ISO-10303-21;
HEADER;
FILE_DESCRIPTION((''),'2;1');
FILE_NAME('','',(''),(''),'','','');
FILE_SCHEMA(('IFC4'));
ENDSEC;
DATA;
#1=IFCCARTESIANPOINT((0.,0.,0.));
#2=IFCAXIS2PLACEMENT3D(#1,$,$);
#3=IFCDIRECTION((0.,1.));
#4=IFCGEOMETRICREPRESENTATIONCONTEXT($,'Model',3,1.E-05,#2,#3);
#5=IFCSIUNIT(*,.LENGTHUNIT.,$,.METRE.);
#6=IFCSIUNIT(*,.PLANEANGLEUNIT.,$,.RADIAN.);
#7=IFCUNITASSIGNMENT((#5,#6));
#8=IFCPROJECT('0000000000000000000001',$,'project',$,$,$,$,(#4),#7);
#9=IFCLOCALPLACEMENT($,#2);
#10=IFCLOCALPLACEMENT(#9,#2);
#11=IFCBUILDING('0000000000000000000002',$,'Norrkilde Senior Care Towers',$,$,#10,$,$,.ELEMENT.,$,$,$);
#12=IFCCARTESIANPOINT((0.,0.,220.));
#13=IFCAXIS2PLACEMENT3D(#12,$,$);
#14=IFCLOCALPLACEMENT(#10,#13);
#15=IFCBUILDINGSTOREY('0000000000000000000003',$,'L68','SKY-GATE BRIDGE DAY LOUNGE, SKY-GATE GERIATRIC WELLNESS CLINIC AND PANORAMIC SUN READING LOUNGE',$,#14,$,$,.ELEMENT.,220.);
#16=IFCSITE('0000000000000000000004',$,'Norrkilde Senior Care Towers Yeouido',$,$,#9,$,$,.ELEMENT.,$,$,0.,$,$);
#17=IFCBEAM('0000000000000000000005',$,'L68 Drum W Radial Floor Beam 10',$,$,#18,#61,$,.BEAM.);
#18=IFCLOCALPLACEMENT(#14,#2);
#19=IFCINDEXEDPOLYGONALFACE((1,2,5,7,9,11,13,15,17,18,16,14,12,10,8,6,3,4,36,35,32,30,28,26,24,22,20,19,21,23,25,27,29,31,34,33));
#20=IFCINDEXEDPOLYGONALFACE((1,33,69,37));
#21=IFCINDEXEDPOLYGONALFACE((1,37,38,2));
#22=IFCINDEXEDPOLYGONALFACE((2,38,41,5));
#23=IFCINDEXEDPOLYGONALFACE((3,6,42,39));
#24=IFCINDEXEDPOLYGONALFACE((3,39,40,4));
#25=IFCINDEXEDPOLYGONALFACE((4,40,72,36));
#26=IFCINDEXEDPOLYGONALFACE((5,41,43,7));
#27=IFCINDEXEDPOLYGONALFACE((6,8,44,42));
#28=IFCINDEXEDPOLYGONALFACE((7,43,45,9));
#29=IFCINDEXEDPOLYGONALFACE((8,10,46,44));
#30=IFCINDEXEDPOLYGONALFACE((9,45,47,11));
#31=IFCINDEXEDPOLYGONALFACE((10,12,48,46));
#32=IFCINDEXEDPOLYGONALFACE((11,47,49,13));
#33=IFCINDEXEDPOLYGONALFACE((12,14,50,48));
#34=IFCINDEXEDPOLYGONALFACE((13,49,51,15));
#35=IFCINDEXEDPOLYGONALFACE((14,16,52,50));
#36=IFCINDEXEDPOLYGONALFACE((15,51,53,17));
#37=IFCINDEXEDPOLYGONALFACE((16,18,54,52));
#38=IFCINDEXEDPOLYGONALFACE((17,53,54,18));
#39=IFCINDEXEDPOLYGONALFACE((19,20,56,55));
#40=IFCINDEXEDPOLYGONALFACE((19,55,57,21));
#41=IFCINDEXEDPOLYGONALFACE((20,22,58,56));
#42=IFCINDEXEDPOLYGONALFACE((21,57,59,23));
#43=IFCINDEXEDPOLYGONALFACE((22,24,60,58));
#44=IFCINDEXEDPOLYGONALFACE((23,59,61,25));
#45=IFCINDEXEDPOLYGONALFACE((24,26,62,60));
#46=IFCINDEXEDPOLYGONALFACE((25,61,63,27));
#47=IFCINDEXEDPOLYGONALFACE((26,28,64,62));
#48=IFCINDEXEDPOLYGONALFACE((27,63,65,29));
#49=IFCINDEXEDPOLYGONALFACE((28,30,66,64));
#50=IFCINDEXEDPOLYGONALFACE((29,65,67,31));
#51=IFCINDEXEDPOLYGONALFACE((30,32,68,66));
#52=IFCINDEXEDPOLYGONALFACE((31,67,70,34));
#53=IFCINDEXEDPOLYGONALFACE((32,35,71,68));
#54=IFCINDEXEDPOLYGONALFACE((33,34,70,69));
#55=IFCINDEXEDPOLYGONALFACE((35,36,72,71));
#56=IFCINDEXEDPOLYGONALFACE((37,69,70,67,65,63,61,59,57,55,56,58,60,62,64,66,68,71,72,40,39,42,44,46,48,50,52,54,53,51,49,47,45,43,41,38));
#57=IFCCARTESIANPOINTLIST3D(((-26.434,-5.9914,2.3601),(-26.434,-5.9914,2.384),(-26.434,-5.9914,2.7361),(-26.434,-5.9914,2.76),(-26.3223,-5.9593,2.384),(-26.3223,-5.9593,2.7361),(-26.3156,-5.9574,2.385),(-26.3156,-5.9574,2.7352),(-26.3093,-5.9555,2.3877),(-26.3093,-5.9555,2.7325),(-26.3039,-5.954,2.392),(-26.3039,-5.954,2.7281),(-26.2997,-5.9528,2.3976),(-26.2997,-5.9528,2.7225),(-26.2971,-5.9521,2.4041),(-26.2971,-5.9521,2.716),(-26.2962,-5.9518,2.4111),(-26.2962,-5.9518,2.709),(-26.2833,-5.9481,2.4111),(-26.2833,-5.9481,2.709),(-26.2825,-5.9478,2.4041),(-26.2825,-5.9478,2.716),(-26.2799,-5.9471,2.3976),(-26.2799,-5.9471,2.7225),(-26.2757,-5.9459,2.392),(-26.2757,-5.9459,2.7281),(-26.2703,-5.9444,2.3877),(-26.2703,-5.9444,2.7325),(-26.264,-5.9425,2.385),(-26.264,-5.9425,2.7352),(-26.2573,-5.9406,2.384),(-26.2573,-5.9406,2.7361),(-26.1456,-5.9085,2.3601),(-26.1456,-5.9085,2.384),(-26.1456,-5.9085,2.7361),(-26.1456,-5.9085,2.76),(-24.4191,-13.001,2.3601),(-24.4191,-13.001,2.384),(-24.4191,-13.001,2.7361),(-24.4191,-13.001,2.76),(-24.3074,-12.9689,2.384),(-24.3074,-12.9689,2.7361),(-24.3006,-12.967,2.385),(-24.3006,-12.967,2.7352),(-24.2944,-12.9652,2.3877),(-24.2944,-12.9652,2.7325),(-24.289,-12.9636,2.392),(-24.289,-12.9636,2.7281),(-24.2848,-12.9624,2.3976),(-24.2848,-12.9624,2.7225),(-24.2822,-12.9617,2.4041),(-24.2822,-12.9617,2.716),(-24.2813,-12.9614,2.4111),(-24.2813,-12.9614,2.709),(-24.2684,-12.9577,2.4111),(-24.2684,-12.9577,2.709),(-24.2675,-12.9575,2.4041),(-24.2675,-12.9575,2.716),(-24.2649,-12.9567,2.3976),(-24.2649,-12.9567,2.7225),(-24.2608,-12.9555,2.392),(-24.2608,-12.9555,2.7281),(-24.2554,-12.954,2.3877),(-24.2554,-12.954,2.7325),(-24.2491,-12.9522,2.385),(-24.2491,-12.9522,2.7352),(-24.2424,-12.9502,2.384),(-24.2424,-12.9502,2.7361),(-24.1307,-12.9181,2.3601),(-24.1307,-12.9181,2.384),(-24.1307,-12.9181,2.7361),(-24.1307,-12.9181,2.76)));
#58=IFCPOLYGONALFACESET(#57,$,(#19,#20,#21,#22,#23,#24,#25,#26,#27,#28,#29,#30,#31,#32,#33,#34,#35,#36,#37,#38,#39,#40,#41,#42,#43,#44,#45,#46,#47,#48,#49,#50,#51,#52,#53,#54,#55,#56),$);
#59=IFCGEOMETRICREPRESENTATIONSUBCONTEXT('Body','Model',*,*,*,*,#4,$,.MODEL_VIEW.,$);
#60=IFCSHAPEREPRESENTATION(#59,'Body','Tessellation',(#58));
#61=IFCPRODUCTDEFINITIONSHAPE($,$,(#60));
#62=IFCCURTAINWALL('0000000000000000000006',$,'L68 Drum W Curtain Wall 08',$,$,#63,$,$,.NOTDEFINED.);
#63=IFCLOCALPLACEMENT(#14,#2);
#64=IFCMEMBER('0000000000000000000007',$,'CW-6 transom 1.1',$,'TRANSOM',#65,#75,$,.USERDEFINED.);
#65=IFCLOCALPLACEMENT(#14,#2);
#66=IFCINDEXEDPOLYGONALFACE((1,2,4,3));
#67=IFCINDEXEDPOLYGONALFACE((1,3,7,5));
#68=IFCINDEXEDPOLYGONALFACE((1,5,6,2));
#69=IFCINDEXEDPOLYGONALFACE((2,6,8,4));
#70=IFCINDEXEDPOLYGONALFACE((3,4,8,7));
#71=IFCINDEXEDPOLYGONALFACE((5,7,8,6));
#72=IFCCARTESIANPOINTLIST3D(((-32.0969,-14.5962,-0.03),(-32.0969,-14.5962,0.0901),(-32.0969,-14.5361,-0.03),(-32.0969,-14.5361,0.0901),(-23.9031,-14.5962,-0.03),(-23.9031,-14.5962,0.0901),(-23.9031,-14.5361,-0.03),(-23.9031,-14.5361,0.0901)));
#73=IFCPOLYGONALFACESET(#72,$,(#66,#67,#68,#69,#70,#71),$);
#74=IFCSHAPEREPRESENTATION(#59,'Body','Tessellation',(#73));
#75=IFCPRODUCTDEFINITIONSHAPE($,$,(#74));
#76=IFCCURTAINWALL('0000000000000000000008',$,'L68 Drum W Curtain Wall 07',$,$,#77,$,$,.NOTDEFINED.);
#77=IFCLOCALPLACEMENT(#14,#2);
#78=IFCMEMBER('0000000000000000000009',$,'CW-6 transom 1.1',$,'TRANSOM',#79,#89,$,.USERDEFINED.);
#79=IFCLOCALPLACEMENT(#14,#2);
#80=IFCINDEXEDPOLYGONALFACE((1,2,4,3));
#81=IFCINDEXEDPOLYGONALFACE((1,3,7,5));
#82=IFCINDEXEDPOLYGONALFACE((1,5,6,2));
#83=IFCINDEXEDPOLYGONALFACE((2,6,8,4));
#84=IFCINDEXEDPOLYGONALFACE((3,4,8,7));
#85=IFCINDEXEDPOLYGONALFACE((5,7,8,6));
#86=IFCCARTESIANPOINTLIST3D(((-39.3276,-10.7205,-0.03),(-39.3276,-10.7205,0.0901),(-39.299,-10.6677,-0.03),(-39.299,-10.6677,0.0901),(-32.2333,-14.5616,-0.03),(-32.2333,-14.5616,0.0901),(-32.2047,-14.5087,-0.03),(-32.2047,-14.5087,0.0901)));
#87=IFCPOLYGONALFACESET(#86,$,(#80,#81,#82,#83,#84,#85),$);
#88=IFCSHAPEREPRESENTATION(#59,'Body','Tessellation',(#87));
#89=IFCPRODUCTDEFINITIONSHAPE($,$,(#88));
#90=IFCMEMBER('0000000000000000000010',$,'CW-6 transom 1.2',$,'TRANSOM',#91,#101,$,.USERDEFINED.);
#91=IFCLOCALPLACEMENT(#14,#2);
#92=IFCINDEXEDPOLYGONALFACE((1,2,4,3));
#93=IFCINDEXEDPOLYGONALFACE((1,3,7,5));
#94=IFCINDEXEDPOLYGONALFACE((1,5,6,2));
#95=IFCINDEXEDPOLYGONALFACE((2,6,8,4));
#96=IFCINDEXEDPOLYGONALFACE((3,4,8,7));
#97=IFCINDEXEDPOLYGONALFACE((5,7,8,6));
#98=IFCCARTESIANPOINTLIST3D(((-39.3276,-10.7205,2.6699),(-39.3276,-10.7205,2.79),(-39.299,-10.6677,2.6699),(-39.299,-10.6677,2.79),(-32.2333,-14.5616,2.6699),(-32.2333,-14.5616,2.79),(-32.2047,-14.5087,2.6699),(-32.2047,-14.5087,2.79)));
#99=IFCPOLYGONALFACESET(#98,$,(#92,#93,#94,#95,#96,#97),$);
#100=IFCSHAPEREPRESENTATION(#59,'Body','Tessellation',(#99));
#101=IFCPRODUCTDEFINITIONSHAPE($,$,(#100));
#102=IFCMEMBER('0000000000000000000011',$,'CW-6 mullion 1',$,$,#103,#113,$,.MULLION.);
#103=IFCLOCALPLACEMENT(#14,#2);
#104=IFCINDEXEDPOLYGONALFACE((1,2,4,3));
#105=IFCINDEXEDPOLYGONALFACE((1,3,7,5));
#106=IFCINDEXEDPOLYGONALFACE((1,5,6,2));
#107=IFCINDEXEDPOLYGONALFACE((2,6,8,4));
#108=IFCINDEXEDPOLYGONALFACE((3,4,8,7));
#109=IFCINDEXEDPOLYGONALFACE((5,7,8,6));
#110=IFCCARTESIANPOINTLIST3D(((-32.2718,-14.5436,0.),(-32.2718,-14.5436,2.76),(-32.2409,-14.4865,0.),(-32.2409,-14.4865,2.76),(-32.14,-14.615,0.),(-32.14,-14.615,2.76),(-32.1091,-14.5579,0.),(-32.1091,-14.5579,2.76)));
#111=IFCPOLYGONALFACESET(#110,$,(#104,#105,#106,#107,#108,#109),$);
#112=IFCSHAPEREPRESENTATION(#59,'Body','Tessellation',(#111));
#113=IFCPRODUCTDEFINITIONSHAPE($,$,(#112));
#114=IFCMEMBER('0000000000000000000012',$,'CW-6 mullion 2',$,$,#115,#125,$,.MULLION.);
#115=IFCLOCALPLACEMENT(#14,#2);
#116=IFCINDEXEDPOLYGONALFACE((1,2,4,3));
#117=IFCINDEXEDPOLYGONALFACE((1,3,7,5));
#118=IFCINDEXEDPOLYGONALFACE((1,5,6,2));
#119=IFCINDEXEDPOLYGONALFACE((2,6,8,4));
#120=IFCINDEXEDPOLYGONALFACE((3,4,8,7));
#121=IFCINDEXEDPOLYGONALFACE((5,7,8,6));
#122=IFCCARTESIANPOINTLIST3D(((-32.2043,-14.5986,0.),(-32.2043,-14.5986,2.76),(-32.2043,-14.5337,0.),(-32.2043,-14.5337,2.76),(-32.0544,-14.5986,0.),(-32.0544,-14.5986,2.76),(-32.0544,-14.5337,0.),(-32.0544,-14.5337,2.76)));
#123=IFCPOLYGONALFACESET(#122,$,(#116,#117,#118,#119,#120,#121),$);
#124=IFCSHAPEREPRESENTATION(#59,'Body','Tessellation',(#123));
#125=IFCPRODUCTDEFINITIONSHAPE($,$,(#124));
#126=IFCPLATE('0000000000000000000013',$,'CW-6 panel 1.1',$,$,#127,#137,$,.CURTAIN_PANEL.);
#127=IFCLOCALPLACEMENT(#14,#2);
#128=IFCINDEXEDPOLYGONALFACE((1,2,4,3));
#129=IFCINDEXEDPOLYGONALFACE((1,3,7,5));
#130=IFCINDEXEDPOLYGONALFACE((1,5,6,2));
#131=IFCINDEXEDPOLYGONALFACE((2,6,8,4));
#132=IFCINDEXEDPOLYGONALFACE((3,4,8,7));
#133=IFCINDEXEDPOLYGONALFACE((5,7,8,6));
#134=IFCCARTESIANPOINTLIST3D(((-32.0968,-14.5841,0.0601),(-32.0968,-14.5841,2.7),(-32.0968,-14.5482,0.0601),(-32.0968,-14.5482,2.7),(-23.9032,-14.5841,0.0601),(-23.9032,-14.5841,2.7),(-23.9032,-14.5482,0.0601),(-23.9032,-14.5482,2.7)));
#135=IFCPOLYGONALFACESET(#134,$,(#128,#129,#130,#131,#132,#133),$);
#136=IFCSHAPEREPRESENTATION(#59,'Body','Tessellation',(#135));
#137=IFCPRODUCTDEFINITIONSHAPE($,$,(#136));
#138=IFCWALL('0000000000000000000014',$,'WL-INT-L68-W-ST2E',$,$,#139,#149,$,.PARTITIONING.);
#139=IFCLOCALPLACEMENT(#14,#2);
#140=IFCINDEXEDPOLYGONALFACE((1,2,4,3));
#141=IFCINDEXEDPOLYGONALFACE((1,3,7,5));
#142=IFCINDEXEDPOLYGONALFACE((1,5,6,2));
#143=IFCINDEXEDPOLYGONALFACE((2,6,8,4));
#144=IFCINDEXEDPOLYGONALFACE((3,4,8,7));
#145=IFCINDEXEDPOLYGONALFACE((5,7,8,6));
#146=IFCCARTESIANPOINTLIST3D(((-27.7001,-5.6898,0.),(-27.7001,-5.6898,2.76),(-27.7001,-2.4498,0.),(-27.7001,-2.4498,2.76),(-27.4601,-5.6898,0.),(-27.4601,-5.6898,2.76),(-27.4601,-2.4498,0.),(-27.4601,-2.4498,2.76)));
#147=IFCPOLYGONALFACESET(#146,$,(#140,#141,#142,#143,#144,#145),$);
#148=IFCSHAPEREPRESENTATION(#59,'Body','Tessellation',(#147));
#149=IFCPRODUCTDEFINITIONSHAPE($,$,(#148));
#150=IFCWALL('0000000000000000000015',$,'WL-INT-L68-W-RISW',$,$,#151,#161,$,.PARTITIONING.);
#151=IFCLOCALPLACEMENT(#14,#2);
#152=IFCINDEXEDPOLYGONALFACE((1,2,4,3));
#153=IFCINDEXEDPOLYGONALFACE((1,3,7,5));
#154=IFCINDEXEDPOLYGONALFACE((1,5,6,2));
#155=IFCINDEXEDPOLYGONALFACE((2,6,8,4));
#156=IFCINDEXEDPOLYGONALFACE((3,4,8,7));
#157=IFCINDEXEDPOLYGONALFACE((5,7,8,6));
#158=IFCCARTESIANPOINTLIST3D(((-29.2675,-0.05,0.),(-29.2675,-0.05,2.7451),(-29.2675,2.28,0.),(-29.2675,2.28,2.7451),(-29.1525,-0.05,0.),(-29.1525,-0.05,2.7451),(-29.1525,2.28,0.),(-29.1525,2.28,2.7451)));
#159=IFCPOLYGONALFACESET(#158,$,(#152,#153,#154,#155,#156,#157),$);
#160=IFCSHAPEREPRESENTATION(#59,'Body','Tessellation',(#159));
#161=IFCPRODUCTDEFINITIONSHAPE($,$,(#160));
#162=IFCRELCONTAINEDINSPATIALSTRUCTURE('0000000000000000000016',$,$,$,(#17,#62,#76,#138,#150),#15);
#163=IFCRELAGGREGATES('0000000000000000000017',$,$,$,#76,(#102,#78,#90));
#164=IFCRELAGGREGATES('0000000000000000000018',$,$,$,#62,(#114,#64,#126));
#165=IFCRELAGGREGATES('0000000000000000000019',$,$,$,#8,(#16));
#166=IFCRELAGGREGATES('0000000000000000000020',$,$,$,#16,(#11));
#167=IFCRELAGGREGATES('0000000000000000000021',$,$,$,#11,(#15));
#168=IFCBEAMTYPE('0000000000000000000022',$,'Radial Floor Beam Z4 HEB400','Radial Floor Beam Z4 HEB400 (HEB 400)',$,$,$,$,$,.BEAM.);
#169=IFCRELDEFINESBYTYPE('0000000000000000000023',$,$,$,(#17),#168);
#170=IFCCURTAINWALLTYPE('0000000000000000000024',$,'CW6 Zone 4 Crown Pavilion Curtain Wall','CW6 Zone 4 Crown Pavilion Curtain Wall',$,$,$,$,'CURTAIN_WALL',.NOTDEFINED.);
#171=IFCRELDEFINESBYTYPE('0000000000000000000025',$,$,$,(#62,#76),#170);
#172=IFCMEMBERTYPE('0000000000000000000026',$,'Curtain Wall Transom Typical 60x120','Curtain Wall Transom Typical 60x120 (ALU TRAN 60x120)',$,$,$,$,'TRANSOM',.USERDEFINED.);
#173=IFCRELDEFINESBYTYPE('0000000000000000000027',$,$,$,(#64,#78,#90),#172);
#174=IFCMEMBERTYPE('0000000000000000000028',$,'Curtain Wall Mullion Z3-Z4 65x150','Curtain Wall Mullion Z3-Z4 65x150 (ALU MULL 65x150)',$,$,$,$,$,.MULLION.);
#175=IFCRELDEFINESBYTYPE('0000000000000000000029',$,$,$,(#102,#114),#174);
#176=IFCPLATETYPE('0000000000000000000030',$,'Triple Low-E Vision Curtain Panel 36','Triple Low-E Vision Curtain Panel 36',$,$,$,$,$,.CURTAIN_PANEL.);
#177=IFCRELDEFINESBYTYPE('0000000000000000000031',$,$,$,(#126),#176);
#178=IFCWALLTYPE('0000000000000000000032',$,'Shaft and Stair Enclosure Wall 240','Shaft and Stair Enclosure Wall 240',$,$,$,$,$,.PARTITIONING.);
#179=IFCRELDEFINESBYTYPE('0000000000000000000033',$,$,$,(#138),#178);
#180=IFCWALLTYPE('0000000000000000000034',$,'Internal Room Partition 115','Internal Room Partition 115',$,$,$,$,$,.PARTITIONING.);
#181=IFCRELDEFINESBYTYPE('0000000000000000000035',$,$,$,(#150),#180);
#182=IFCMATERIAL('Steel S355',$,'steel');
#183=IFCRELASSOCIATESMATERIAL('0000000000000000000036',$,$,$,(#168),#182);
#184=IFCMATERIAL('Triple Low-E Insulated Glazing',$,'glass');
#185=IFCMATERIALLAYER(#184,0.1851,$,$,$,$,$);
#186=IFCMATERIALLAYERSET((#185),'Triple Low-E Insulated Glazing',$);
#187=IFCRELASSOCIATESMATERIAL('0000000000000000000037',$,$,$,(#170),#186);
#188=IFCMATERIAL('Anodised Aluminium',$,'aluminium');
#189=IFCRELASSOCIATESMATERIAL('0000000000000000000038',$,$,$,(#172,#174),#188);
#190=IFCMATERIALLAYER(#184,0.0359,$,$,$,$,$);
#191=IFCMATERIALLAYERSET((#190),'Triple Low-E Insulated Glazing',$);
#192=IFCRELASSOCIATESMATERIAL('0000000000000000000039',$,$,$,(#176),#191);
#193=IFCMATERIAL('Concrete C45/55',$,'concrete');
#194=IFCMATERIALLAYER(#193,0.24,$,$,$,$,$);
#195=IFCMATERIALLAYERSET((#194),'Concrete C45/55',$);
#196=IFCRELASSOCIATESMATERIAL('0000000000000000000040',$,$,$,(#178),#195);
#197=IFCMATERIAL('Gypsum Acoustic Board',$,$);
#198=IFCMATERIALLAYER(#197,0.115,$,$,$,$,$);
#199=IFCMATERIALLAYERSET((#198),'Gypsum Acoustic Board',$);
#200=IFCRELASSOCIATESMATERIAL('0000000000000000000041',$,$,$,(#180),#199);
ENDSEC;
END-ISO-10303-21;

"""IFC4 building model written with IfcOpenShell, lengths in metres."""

from ifc_helpers import new_model, si_unit, direction, frame, frame_2d, origin, origin_2d, place, context, subcontext, project, spatial, rectangle, i_section, extrude, source, transform, mapped, material, layer, layer_set, material_profile, profile_set, type_object, type_shapes, element, aggregate, save


model = new_model("IFC4")

# Units and contexts
model_context = context("Model", 3, precision=1e-05, world=origin(), true_north=direction((0.0, 1.0)))
body_context = subcontext(model_context, "Body", "Model", "MODEL_VIEW")
ifc_project = project(units=[si_unit("LENGTHUNIT", "METRE"), si_unit("PLANEANGLEUNIT", "RADIAN")], contexts=[model_context])

# Site, building, storey
site_placement = place(None, origin())
site = spatial("IfcSite", under=ifc_project, at=site_placement, Name="Norrkilde Senior Care Towers Yeouido", CompositionType="ELEMENT", RefElevation=0.0)
building_placement = place(site_placement, origin())
building = spatial("IfcBuilding", under=site, at=building_placement, Name="Norrkilde Senior Care Towers", CompositionType="ELEMENT")
storey_placement = place(building_placement, frame((0.0, 0.0, 220.0)))
storey = spatial("IfcBuildingStorey", under=building, at=storey_placement, Name="L68", Description="SKY-GATE BRIDGE DAY LOUNGE, SKY-GATE GERIATRIC WELLNESS CLINIC AND PANORAMIC SUN READING LOUNGE", CompositionType="ELEMENT", Elevation=220.0)

# Beam
ifc_material_1 = material(Name="Steel S355", Category="steel")
ifc_material_profile_1 = material_profile(ifc_material_1, i_section(OverallWidth=0.3, OverallDepth=0.3999, WebThickness=0.0134, FlangeThickness=0.0239, FilletRadius=0.0271, at=origin_2d()), Name="HEB 400")
ifc_profile_set_1 = profile_set([ifc_material_profile_1], Name="Steel S355")
beam_type_1 = type_object("IfcBeamType", Name="Radial Floor Beam Z4 HEB400", Description="Radial Floor Beam Z4 HEB400 (HEB 400)", PredefinedType="BEAM", material=ifc_profile_set_1)
shared_shape_1 = source(origin(), body_context, "Body", "SweptSolid", [
    extrude(i_section(OverallWidth=0.3, OverallDepth=0.3999, WebThickness=0.0134, FlangeThickness=0.0239, FilletRadius=0.0271, at=origin_2d()), origin(), (0.0, 0.0, 1.0), 7.2935),
])
type_shapes(beam_type_1, [shared_shape_1])
for number, where, z_axis, x_axis, name in (
    (1, (-26.2898, -5.95, 2.5601), (0.276264, -0.961082, 0.0), (0.961082, 0.276264, 0.0), "L68 Drum W Radial Floor Beam 10"),
):
    element("IfcBeam", number, at=place(storey_placement, frame(where, z_axis=z_axis, x_axis=x_axis)), inside=storey, type_object=beam_type_1, Name=name, PredefinedType="BEAM", context=body_context, shape_type="MappedRepresentation", body=[
        mapped(shared_shape_1, transform((0.0, 0.0, 0.0), x_axis=(1.0, 0.0, 0.0), y_axis=(0.0, 1.0, 0.0), z_axis=(0.0, 0.0, 1.0), scale=1.0)),
    ])

# Curtain wall, member
ifc_material_2 = material(Name="Triple Low-E Insulated Glazing", Category="glass")
ifc_layer_1 = layer(ifc_material_2, 0.1851)
ifc_layer_set_1 = layer_set([ifc_layer_1], Name="Triple Low-E Insulated Glazing")
curtain_wall_type = type_object("IfcCurtainWallType", Name="CW6 Zone 4 Crown Pavilion Curtain Wall", Description="CW6 Zone 4 Crown Pavilion Curtain Wall", ElementType="CURTAIN_WALL", PredefinedType="NOTDEFINED", material=ifc_layer_set_1)
curtain_wall_1_placement = place(storey_placement, origin())
curtain_wall_1 = element("IfcCurtainWall", 2, at=curtain_wall_1_placement, inside=storey, type_object=curtain_wall_type, Name="L68 Drum W Curtain Wall 08", PredefinedType="NOTDEFINED")
ifc_material_3 = material(Name="Anodised Aluminium", Category="aluminium")
ifc_material_profile_2 = material_profile(ifc_material_3, rectangle(XDim=0.0601, YDim=0.1201, at=origin_2d()), Name="ALU TRAN 60x120")
ifc_profile_set_2 = profile_set([ifc_material_profile_2], Name="Anodised Aluminium")
member_type_1 = type_object("IfcMemberType", Name="Curtain Wall Transom Typical 60x120", Description="Curtain Wall Transom Typical 60x120 (ALU TRAN 60x120)", ElementType="TRANSOM", PredefinedType="USERDEFINED", material=ifc_profile_set_2)
shared_shape_2 = source(origin(), body_context, "Body", "SweptSolid", [
    extrude(rectangle(XDim=0.0601, YDim=0.1201, at=origin_2d()), origin(), (0.0, 0.0, 1.0), 8.1938),
])
member_1_placement = place(storey_placement, frame((-23.9031, -14.5662, 0.03), z_axis=(-1.0, 0.0, 0.0), x_axis=(0.0, -1.0, 0.0)))
member_1 = element("IfcMember", 3, at=member_1_placement, type_object=member_type_1, Name="CW-6 transom 1.1", ObjectType="TRANSOM", PredefinedType="USERDEFINED", context=body_context, shape_type="MappedRepresentation", body=[
    mapped(shared_shape_2, transform((0.0, 0.0, 0.0), x_axis=(1.0, 0.0, 0.0), y_axis=(0.0, 1.0, 0.0), z_axis=(0.0, 0.0, 1.0), scale=1.0)),
])

# Curtain wall, members
curtain_wall_2_placement = place(storey_placement, origin())
curtain_wall_2 = element("IfcCurtainWall", 4, at=curtain_wall_2_placement, inside=storey, type_object=curtain_wall_type, Name="L68 Drum W Curtain Wall 07", PredefinedType="NOTDEFINED")
shared_shape_3 = source(origin(), body_context, "Body", "SweptSolid", [
    extrude(rectangle(XDim=0.0601, YDim=0.1201, at=origin_2d()), origin(), (0.0, 0.0, 1.0), 8.0674),
])
type_shapes(member_type_1, [shared_shape_2, shared_shape_3])
member_2_placement = place(storey_placement, frame((-32.219, -14.5352, 0.03), z_axis=(-0.879378, 0.476125, 0.0), x_axis=(-0.476125, -0.879378, 0.0)))
member_2 = element("IfcMember", 5, at=member_2_placement, type_object=member_type_1, Name="CW-6 transom 1.1", ObjectType="TRANSOM", PredefinedType="USERDEFINED", context=body_context, shape_type="MappedRepresentation", body=[
    mapped(shared_shape_3, transform((0.0, 0.0, 0.0), x_axis=(1.0, 0.0, 0.0), y_axis=(0.0, 1.0, 0.0), z_axis=(0.0, 0.0, 1.0), scale=1.0)),
])
member_3_placement = place(storey_placement, frame((-32.219, -14.5352, 2.73), z_axis=(-0.879378, 0.476125, 0.0), x_axis=(-0.476125, -0.879378, 0.0)))
member_3 = element("IfcMember", 6, at=member_3_placement, type_object=member_type_1, Name="CW-6 transom 1.2", ObjectType="TRANSOM", PredefinedType="USERDEFINED", context=body_context, shape_type="MappedRepresentation", body=[
    mapped(shared_shape_3, transform((0.0, 0.0, 0.0), x_axis=(1.0, 0.0, 0.0), y_axis=(0.0, 1.0, 0.0), z_axis=(0.0, 0.0, 1.0), scale=1.0)),
])
ifc_material_profile_3 = material_profile(ifc_material_3, rectangle(XDim=0.0649, YDim=0.1499, at=origin_2d()), Name="ALU MULL 65x150")
ifc_profile_set_3 = profile_set([ifc_material_profile_3], Name="Anodised Aluminium")
member_type_2 = type_object("IfcMemberType", Name="Curtain Wall Mullion Z3-Z4 65x150", Description="Curtain Wall Mullion Z3-Z4 65x150 (ALU MULL 65x150)", PredefinedType="MULLION", material=ifc_profile_set_3)
shared_shape_4 = source(origin(), body_context, "Body", "SweptSolid", [
    extrude(rectangle(XDim=0.0649, YDim=0.1499, at=origin_2d()), origin(), (0.0, 0.0, 1.0), 2.76),
])
type_shapes(member_type_2, [shared_shape_4])
member_4_placement = place(storey_placement, frame((-32.1904, -14.5508, 0.0), z_axis=(0.0, 0.0, 1.0), x_axis=(-0.476133, -0.879373, 0.0)))
member_4 = element("IfcMember", 7, at=member_4_placement, type_object=member_type_2, Name="CW-6 mullion 1", PredefinedType="MULLION", context=body_context, shape_type="MappedRepresentation", body=[
    mapped(shared_shape_4, transform((0.0, 0.0, 0.0), x_axis=(1.0, 0.0, 0.0), y_axis=(0.0, 1.0, 0.0), z_axis=(0.0, 0.0, 1.0), scale=1.0)),
])
aggregate(curtain_wall_2, [member_4, member_2, member_3])

# Member
member_5_placement = place(storey_placement, frame((-32.1294, -14.5662, 0.0), z_axis=(0.0, 0.0, 1.0), x_axis=(0.0, -1.0, 0.0)))
member_5 = element("IfcMember", 8, at=member_5_placement, type_object=member_type_2, Name="CW-6 mullion 2", PredefinedType="MULLION", context=body_context, shape_type="MappedRepresentation", body=[
    mapped(shared_shape_4, transform((0.0, 0.0, 0.0), x_axis=(1.0, 0.0, 0.0), y_axis=(0.0, 1.0, 0.0), z_axis=(0.0, 0.0, 1.0), scale=1.0)),
])

# Plate
ifc_layer_2 = layer(ifc_material_2, 0.0359)
ifc_layer_set_2 = layer_set([ifc_layer_2], Name="Triple Low-E Insulated Glazing")
plate_type = type_object("IfcPlateType", Name="Triple Low-E Vision Curtain Panel 36", Description="Triple Low-E Vision Curtain Panel 36", PredefinedType="CURTAIN_PANEL", material=ifc_layer_set_2)
shared_shape_5 = source(origin(), body_context, "Body", "SweptSolid", [
    extrude(rectangle(XDim=8.1936, YDim=0.0359, at=origin_2d()), origin(), (0.0, 0.0, 1.0), 2.6399),
])
type_shapes(plate_type, [shared_shape_5])
plate_placement = place(storey_placement, frame((-28.0, -14.5662, 0.0601), z_axis=(0.0, 0.0, 1.0), x_axis=(-1.0, 0.0, 0.0)))
plate = element("IfcPlate", 9, at=plate_placement, type_object=plate_type, Name="CW-6 panel 1.1", PredefinedType="CURTAIN_PANEL", context=body_context, shape_type="MappedRepresentation", body=[
    mapped(shared_shape_5, transform((0.0, 0.0, 0.0), x_axis=(1.0, 0.0, 0.0), y_axis=(0.0, 1.0, 0.0), z_axis=(0.0, 0.0, 1.0), scale=1.0)),
])
aggregate(curtain_wall_1, [member_5, member_1, plate])

# Wall
ifc_material_4 = material(Name="Concrete C45/55", Category="concrete")
ifc_layer_3 = layer(ifc_material_4, 0.24)
ifc_layer_set_3 = layer_set([ifc_layer_3], Name="Concrete C45/55")
wall_type_1 = type_object("IfcWallType", Name="Shaft and Stair Enclosure Wall 240", Description="Shaft and Stair Enclosure Wall 240", PredefinedType="PARTITIONING", material=ifc_layer_set_3)
shared_shape_6 = source(origin(), body_context, "Body", "SweptSolid", [
    extrude(rectangle(XDim=3.24, YDim=0.24, at=frame_2d((1.6201, 0.0))), origin(), (0.0, 0.0, 1.0), 2.76),
])
type_shapes(wall_type_1, [shared_shape_6])
wall_1_placement = place(storey_placement, frame((-27.5801, -5.6899, 0.0), z_axis=(0.0, 0.0, 1.0), x_axis=(0.0, 1.0, 0.0)))
element("IfcWall", 10, at=wall_1_placement, inside=storey, type_object=wall_type_1, Name="WL-INT-L68-W-ST2E", PredefinedType="PARTITIONING", context=body_context, shape_type="MappedRepresentation", body=[
    mapped(shared_shape_6, transform((0.0, 0.0, 0.0), x_axis=(1.0, 0.0, 0.0), y_axis=(0.0, 1.0, 0.0), z_axis=(0.0, 0.0, 1.0), scale=1.0)),
])

# Wall
ifc_material_5 = material(Name="Gypsum Acoustic Board")
ifc_layer_4 = layer(ifc_material_5, 0.115)
ifc_layer_set_4 = layer_set([ifc_layer_4], Name="Gypsum Acoustic Board")
wall_type_2 = type_object("IfcWallType", Name="Internal Room Partition 115", Description="Internal Room Partition 115", PredefinedType="PARTITIONING", material=ifc_layer_set_4)
shared_shape_7 = source(origin(), body_context, "Body", "SweptSolid", [
    extrude(rectangle(XDim=2.3301, YDim=0.115, at=frame_2d((1.165, 0.0))), origin(), (0.0, 0.0, 1.0), 2.7451),
])
type_shapes(wall_type_2, [shared_shape_7])
wall_2_placement = place(storey_placement, frame((-29.21, -0.05, 0.0), z_axis=(0.0, 0.0, 1.0), x_axis=(0.0, 1.0, 0.0)))
element("IfcWall", 11, at=wall_2_placement, inside=storey, type_object=wall_type_2, Name="WL-INT-L68-W-RISW", PredefinedType="PARTITIONING", context=body_context, shape_type="MappedRepresentation", body=[
    mapped(shared_shape_7, transform((0.0, 0.0, 0.0), x_axis=(1.0, 0.0, 0.0), y_axis=(0.0, 1.0, 0.0), z_axis=(0.0, 0.0, 1.0), scale=1.0)),
])

save(model, "model.ifc")
